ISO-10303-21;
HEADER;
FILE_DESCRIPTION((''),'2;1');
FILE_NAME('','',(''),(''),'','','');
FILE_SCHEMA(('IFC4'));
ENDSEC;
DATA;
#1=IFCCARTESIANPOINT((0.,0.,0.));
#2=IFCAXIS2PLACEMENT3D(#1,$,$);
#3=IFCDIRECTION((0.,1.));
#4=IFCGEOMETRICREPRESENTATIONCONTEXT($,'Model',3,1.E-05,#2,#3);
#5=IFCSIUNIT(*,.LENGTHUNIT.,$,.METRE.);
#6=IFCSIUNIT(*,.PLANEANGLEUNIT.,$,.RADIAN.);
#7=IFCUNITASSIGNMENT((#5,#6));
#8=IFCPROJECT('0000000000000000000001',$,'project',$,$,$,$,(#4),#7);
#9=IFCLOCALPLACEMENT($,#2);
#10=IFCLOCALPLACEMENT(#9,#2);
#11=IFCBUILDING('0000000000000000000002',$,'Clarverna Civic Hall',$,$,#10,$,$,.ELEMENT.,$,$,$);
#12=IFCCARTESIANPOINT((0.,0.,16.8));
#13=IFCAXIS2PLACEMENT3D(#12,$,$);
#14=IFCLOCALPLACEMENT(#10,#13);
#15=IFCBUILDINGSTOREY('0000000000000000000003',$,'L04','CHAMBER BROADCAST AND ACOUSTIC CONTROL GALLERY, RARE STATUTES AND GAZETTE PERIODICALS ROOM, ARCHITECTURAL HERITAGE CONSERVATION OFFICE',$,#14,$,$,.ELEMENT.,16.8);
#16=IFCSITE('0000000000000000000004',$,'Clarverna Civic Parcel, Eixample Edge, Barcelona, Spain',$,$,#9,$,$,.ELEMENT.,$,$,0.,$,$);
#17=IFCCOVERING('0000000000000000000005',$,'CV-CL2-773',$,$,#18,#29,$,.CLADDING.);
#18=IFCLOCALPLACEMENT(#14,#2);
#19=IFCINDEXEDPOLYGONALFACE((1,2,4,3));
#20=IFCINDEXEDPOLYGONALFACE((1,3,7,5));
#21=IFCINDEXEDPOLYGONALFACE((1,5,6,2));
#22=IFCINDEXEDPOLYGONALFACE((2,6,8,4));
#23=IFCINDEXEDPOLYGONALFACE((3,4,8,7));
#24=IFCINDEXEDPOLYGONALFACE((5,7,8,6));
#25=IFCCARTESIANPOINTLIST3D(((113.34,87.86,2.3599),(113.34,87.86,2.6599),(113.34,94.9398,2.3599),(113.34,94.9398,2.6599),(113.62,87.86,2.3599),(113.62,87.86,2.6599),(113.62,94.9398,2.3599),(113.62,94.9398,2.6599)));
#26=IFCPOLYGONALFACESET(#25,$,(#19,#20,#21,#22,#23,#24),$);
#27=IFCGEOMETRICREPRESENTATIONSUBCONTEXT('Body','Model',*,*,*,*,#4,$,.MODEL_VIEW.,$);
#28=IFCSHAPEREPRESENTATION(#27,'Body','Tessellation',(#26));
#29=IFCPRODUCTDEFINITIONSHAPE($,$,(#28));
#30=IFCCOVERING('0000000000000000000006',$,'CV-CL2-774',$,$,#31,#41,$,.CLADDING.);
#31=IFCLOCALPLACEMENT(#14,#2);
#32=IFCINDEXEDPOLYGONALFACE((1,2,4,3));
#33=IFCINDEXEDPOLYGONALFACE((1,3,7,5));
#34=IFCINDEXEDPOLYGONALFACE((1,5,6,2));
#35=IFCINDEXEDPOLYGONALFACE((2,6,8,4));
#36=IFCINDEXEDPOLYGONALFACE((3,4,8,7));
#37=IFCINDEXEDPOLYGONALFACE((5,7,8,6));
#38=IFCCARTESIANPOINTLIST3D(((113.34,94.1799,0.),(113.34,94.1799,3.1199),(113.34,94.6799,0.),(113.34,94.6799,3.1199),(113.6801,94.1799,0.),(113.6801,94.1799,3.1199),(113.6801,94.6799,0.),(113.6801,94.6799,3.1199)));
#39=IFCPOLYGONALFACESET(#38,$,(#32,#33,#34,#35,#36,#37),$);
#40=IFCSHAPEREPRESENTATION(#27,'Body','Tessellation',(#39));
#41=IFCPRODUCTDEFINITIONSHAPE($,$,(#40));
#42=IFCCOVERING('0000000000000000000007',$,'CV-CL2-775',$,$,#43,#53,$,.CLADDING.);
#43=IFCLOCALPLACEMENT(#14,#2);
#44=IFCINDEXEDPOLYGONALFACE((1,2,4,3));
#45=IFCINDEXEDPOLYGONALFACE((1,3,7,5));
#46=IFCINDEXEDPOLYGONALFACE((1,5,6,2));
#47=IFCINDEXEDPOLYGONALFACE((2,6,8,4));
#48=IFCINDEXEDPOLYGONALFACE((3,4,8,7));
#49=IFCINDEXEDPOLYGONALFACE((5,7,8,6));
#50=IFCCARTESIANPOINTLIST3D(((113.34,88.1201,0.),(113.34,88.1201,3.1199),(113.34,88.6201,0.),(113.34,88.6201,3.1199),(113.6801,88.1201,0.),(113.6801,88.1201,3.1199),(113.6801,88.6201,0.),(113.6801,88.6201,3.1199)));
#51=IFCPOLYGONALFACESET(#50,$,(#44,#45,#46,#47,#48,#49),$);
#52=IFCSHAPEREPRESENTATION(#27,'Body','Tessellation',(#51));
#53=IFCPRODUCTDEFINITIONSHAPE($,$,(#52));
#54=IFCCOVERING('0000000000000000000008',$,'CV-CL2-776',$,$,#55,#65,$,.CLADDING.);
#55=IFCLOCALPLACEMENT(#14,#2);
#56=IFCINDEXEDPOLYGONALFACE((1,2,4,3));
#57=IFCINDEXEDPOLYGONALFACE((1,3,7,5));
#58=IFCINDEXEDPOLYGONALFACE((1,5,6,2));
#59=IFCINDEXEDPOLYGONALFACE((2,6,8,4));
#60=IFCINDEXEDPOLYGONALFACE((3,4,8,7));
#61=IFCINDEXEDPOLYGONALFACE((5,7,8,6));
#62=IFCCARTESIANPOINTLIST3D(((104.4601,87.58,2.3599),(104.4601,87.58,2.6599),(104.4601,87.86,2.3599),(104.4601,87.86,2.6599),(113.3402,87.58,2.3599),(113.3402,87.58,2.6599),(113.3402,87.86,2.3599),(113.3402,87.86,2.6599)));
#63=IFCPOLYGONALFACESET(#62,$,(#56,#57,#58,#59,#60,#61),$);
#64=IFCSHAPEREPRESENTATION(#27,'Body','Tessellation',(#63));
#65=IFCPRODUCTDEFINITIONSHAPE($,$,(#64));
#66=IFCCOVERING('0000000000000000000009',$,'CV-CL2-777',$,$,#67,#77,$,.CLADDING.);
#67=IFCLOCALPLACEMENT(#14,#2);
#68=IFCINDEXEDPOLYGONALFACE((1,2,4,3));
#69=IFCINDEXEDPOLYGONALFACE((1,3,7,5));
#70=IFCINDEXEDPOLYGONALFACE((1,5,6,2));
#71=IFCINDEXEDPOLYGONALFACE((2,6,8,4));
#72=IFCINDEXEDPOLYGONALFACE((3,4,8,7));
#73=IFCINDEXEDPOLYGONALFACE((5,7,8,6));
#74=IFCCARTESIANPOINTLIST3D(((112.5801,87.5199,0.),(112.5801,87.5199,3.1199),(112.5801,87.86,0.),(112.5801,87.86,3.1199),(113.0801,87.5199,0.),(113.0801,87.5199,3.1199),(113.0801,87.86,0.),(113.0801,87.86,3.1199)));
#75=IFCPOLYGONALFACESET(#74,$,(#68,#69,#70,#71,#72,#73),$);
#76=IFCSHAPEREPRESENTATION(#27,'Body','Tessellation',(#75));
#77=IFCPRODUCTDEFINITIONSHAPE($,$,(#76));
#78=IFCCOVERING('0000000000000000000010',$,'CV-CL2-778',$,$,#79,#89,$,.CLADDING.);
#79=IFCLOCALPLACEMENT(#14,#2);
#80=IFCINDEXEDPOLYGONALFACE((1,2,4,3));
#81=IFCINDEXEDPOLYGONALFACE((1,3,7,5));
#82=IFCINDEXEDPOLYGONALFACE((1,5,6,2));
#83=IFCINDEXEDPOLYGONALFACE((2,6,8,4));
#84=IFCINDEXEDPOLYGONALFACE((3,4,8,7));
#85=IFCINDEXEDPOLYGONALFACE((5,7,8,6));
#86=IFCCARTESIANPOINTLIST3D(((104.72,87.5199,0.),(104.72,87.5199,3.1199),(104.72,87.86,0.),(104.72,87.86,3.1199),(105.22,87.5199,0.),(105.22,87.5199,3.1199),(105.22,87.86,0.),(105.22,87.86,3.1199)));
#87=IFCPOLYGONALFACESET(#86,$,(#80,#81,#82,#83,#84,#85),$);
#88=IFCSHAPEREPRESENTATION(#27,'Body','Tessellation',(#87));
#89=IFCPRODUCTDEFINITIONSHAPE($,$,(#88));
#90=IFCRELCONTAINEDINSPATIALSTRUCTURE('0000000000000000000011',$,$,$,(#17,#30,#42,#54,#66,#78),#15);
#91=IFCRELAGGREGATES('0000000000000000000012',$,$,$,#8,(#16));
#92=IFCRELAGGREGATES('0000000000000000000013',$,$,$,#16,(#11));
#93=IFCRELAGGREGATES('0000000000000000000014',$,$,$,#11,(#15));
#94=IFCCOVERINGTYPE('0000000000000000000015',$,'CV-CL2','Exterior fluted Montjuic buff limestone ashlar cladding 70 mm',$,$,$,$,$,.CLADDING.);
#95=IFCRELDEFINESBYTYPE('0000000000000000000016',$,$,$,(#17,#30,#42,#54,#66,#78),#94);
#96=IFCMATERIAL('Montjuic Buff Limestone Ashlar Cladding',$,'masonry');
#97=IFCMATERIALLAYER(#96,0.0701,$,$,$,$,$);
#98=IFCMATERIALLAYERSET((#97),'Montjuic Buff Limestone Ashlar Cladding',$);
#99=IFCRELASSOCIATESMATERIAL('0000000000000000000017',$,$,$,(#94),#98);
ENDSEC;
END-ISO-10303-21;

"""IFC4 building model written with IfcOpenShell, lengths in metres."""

from ifc_helpers import new_model, si_unit, direction, frame, frame_2d, origin, place, context, subcontext, project, spatial, rectangle, extrude, material, layer, layer_set, type_object, element, save


model = new_model("IFC4")

# Units and contexts
model_context = context("Model", 3, precision=1e-05, world=origin(), true_north=direction((0.0, 1.0)))
body_context = subcontext(model_context, "Body", "Model", "MODEL_VIEW")
ifc_project = project(units=[si_unit("LENGTHUNIT", "METRE"), si_unit("PLANEANGLEUNIT", "RADIAN")], contexts=[model_context])

# Site, building, storey
site_placement = place(None, origin())
site = spatial("IfcSite", under=ifc_project, at=site_placement, Name="Clarverna Civic Parcel, Eixample Edge, Barcelona, Spain", CompositionType="ELEMENT", RefElevation=0.0)
building_placement = place(site_placement, origin())
building = spatial("IfcBuilding", under=site, at=building_placement, Name="Clarverna Civic Hall", CompositionType="ELEMENT")
storey_placement = place(building_placement, frame((0.0, 0.0, 16.8)))
storey = spatial("IfcBuildingStorey", under=building, at=storey_placement, Name="L04", Description="CHAMBER BROADCAST AND ACOUSTIC CONTROL GALLERY, RARE STATUTES AND GAZETTE PERIODICALS ROOM, ARCHITECTURAL HERITAGE CONSERVATION OFFICE", CompositionType="ELEMENT", Elevation=16.8)

# Coverings
ifc_material_1 = material(Name="Montjuic Buff Limestone Ashlar Cladding", Category="masonry")
ifc_layer_1 = layer(ifc_material_1, 0.0701)
ifc_layer_set_1 = layer_set([ifc_layer_1], Name="Montjuic Buff Limestone Ashlar Cladding")
covering_type = type_object("IfcCoveringType", Name="CV-CL2", Description="Exterior fluted Montjuic buff limestone ashlar cladding 70 mm", PredefinedType="CLADDING", material=ifc_layer_set_1)
covering_1_placement = place(storey_placement, frame((113.48, 94.9399, 2.3599), z_axis=(0.0, 0.0, 1.0), x_axis=(0.0, -1.0, 0.0)))
element("IfcCovering", 1, at=covering_1_placement, inside=storey, type_object=covering_type, Name="CV-CL2-773", PredefinedType="CLADDING", context=body_context, shape_type="SweptSolid", body=[
    extrude(rectangle(XDim=7.0798, YDim=0.28, at=frame_2d((3.54, 0.0))), origin(), (0.0, 0.0, 1.0), 0.3),
])
for number, where, z_axis, x_axis, name in (
    (2, (113.51, 94.6799, 0.0), (0.0, 0.0, 1.0), (0.0, -1.0, 0.0), "CV-CL2-774"),
    (3, (113.51, 88.6201, 0.0), (0.0, 0.0, 1.0), (0.0, -1.0, 0.0), "CV-CL2-775"),
):
    element("IfcCovering", number, at=place(storey_placement, frame(where, z_axis=z_axis, x_axis=x_axis)), inside=storey, type_object=covering_type, Name=name, PredefinedType="CLADDING", context=body_context, shape_type="SweptSolid", body=[
        extrude(rectangle(XDim=0.5, YDim=0.3401, at=frame_2d((0.25, 0.0))), origin(), (0.0, 0.0, 1.0), 3.1199),
    ])
covering_2_placement = place(storey_placement, frame((113.3401, 87.72, 2.3599), z_axis=(0.0, 0.0, 1.0), x_axis=(-1.0, 0.0, 0.0)))
element("IfcCovering", 4, at=covering_2_placement, inside=storey, type_object=covering_type, Name="CV-CL2-776", PredefinedType="CLADDING", context=body_context, shape_type="SweptSolid", body=[
    extrude(rectangle(XDim=8.8801, YDim=0.28, at=frame_2d((4.4399, 0.0))), origin(), (0.0, 0.0, 1.0), 0.3),
])
for number, where, z_axis, x_axis, name in (
    (5, (113.0801, 87.6899, 0.0), (0.0, 0.0, 1.0), (-1.0, 0.0, 0.0), "CV-CL2-777"),
    (6, (105.22, 87.6899, 0.0), (0.0, 0.0, 1.0), (-1.0, 0.0, 0.0), "CV-CL2-778"),
):
    element("IfcCovering", number, at=place(storey_placement, frame(where, z_axis=z_axis, x_axis=x_axis)), inside=storey, type_object=covering_type, Name=name, PredefinedType="CLADDING", context=body_context, shape_type="SweptSolid", body=[
        extrude(rectangle(XDim=0.5, YDim=0.3401, at=frame_2d((0.25, 0.0))), origin(), (0.0, 0.0, 1.0), 3.1199),
    ])

save(model, "model.ifc")
